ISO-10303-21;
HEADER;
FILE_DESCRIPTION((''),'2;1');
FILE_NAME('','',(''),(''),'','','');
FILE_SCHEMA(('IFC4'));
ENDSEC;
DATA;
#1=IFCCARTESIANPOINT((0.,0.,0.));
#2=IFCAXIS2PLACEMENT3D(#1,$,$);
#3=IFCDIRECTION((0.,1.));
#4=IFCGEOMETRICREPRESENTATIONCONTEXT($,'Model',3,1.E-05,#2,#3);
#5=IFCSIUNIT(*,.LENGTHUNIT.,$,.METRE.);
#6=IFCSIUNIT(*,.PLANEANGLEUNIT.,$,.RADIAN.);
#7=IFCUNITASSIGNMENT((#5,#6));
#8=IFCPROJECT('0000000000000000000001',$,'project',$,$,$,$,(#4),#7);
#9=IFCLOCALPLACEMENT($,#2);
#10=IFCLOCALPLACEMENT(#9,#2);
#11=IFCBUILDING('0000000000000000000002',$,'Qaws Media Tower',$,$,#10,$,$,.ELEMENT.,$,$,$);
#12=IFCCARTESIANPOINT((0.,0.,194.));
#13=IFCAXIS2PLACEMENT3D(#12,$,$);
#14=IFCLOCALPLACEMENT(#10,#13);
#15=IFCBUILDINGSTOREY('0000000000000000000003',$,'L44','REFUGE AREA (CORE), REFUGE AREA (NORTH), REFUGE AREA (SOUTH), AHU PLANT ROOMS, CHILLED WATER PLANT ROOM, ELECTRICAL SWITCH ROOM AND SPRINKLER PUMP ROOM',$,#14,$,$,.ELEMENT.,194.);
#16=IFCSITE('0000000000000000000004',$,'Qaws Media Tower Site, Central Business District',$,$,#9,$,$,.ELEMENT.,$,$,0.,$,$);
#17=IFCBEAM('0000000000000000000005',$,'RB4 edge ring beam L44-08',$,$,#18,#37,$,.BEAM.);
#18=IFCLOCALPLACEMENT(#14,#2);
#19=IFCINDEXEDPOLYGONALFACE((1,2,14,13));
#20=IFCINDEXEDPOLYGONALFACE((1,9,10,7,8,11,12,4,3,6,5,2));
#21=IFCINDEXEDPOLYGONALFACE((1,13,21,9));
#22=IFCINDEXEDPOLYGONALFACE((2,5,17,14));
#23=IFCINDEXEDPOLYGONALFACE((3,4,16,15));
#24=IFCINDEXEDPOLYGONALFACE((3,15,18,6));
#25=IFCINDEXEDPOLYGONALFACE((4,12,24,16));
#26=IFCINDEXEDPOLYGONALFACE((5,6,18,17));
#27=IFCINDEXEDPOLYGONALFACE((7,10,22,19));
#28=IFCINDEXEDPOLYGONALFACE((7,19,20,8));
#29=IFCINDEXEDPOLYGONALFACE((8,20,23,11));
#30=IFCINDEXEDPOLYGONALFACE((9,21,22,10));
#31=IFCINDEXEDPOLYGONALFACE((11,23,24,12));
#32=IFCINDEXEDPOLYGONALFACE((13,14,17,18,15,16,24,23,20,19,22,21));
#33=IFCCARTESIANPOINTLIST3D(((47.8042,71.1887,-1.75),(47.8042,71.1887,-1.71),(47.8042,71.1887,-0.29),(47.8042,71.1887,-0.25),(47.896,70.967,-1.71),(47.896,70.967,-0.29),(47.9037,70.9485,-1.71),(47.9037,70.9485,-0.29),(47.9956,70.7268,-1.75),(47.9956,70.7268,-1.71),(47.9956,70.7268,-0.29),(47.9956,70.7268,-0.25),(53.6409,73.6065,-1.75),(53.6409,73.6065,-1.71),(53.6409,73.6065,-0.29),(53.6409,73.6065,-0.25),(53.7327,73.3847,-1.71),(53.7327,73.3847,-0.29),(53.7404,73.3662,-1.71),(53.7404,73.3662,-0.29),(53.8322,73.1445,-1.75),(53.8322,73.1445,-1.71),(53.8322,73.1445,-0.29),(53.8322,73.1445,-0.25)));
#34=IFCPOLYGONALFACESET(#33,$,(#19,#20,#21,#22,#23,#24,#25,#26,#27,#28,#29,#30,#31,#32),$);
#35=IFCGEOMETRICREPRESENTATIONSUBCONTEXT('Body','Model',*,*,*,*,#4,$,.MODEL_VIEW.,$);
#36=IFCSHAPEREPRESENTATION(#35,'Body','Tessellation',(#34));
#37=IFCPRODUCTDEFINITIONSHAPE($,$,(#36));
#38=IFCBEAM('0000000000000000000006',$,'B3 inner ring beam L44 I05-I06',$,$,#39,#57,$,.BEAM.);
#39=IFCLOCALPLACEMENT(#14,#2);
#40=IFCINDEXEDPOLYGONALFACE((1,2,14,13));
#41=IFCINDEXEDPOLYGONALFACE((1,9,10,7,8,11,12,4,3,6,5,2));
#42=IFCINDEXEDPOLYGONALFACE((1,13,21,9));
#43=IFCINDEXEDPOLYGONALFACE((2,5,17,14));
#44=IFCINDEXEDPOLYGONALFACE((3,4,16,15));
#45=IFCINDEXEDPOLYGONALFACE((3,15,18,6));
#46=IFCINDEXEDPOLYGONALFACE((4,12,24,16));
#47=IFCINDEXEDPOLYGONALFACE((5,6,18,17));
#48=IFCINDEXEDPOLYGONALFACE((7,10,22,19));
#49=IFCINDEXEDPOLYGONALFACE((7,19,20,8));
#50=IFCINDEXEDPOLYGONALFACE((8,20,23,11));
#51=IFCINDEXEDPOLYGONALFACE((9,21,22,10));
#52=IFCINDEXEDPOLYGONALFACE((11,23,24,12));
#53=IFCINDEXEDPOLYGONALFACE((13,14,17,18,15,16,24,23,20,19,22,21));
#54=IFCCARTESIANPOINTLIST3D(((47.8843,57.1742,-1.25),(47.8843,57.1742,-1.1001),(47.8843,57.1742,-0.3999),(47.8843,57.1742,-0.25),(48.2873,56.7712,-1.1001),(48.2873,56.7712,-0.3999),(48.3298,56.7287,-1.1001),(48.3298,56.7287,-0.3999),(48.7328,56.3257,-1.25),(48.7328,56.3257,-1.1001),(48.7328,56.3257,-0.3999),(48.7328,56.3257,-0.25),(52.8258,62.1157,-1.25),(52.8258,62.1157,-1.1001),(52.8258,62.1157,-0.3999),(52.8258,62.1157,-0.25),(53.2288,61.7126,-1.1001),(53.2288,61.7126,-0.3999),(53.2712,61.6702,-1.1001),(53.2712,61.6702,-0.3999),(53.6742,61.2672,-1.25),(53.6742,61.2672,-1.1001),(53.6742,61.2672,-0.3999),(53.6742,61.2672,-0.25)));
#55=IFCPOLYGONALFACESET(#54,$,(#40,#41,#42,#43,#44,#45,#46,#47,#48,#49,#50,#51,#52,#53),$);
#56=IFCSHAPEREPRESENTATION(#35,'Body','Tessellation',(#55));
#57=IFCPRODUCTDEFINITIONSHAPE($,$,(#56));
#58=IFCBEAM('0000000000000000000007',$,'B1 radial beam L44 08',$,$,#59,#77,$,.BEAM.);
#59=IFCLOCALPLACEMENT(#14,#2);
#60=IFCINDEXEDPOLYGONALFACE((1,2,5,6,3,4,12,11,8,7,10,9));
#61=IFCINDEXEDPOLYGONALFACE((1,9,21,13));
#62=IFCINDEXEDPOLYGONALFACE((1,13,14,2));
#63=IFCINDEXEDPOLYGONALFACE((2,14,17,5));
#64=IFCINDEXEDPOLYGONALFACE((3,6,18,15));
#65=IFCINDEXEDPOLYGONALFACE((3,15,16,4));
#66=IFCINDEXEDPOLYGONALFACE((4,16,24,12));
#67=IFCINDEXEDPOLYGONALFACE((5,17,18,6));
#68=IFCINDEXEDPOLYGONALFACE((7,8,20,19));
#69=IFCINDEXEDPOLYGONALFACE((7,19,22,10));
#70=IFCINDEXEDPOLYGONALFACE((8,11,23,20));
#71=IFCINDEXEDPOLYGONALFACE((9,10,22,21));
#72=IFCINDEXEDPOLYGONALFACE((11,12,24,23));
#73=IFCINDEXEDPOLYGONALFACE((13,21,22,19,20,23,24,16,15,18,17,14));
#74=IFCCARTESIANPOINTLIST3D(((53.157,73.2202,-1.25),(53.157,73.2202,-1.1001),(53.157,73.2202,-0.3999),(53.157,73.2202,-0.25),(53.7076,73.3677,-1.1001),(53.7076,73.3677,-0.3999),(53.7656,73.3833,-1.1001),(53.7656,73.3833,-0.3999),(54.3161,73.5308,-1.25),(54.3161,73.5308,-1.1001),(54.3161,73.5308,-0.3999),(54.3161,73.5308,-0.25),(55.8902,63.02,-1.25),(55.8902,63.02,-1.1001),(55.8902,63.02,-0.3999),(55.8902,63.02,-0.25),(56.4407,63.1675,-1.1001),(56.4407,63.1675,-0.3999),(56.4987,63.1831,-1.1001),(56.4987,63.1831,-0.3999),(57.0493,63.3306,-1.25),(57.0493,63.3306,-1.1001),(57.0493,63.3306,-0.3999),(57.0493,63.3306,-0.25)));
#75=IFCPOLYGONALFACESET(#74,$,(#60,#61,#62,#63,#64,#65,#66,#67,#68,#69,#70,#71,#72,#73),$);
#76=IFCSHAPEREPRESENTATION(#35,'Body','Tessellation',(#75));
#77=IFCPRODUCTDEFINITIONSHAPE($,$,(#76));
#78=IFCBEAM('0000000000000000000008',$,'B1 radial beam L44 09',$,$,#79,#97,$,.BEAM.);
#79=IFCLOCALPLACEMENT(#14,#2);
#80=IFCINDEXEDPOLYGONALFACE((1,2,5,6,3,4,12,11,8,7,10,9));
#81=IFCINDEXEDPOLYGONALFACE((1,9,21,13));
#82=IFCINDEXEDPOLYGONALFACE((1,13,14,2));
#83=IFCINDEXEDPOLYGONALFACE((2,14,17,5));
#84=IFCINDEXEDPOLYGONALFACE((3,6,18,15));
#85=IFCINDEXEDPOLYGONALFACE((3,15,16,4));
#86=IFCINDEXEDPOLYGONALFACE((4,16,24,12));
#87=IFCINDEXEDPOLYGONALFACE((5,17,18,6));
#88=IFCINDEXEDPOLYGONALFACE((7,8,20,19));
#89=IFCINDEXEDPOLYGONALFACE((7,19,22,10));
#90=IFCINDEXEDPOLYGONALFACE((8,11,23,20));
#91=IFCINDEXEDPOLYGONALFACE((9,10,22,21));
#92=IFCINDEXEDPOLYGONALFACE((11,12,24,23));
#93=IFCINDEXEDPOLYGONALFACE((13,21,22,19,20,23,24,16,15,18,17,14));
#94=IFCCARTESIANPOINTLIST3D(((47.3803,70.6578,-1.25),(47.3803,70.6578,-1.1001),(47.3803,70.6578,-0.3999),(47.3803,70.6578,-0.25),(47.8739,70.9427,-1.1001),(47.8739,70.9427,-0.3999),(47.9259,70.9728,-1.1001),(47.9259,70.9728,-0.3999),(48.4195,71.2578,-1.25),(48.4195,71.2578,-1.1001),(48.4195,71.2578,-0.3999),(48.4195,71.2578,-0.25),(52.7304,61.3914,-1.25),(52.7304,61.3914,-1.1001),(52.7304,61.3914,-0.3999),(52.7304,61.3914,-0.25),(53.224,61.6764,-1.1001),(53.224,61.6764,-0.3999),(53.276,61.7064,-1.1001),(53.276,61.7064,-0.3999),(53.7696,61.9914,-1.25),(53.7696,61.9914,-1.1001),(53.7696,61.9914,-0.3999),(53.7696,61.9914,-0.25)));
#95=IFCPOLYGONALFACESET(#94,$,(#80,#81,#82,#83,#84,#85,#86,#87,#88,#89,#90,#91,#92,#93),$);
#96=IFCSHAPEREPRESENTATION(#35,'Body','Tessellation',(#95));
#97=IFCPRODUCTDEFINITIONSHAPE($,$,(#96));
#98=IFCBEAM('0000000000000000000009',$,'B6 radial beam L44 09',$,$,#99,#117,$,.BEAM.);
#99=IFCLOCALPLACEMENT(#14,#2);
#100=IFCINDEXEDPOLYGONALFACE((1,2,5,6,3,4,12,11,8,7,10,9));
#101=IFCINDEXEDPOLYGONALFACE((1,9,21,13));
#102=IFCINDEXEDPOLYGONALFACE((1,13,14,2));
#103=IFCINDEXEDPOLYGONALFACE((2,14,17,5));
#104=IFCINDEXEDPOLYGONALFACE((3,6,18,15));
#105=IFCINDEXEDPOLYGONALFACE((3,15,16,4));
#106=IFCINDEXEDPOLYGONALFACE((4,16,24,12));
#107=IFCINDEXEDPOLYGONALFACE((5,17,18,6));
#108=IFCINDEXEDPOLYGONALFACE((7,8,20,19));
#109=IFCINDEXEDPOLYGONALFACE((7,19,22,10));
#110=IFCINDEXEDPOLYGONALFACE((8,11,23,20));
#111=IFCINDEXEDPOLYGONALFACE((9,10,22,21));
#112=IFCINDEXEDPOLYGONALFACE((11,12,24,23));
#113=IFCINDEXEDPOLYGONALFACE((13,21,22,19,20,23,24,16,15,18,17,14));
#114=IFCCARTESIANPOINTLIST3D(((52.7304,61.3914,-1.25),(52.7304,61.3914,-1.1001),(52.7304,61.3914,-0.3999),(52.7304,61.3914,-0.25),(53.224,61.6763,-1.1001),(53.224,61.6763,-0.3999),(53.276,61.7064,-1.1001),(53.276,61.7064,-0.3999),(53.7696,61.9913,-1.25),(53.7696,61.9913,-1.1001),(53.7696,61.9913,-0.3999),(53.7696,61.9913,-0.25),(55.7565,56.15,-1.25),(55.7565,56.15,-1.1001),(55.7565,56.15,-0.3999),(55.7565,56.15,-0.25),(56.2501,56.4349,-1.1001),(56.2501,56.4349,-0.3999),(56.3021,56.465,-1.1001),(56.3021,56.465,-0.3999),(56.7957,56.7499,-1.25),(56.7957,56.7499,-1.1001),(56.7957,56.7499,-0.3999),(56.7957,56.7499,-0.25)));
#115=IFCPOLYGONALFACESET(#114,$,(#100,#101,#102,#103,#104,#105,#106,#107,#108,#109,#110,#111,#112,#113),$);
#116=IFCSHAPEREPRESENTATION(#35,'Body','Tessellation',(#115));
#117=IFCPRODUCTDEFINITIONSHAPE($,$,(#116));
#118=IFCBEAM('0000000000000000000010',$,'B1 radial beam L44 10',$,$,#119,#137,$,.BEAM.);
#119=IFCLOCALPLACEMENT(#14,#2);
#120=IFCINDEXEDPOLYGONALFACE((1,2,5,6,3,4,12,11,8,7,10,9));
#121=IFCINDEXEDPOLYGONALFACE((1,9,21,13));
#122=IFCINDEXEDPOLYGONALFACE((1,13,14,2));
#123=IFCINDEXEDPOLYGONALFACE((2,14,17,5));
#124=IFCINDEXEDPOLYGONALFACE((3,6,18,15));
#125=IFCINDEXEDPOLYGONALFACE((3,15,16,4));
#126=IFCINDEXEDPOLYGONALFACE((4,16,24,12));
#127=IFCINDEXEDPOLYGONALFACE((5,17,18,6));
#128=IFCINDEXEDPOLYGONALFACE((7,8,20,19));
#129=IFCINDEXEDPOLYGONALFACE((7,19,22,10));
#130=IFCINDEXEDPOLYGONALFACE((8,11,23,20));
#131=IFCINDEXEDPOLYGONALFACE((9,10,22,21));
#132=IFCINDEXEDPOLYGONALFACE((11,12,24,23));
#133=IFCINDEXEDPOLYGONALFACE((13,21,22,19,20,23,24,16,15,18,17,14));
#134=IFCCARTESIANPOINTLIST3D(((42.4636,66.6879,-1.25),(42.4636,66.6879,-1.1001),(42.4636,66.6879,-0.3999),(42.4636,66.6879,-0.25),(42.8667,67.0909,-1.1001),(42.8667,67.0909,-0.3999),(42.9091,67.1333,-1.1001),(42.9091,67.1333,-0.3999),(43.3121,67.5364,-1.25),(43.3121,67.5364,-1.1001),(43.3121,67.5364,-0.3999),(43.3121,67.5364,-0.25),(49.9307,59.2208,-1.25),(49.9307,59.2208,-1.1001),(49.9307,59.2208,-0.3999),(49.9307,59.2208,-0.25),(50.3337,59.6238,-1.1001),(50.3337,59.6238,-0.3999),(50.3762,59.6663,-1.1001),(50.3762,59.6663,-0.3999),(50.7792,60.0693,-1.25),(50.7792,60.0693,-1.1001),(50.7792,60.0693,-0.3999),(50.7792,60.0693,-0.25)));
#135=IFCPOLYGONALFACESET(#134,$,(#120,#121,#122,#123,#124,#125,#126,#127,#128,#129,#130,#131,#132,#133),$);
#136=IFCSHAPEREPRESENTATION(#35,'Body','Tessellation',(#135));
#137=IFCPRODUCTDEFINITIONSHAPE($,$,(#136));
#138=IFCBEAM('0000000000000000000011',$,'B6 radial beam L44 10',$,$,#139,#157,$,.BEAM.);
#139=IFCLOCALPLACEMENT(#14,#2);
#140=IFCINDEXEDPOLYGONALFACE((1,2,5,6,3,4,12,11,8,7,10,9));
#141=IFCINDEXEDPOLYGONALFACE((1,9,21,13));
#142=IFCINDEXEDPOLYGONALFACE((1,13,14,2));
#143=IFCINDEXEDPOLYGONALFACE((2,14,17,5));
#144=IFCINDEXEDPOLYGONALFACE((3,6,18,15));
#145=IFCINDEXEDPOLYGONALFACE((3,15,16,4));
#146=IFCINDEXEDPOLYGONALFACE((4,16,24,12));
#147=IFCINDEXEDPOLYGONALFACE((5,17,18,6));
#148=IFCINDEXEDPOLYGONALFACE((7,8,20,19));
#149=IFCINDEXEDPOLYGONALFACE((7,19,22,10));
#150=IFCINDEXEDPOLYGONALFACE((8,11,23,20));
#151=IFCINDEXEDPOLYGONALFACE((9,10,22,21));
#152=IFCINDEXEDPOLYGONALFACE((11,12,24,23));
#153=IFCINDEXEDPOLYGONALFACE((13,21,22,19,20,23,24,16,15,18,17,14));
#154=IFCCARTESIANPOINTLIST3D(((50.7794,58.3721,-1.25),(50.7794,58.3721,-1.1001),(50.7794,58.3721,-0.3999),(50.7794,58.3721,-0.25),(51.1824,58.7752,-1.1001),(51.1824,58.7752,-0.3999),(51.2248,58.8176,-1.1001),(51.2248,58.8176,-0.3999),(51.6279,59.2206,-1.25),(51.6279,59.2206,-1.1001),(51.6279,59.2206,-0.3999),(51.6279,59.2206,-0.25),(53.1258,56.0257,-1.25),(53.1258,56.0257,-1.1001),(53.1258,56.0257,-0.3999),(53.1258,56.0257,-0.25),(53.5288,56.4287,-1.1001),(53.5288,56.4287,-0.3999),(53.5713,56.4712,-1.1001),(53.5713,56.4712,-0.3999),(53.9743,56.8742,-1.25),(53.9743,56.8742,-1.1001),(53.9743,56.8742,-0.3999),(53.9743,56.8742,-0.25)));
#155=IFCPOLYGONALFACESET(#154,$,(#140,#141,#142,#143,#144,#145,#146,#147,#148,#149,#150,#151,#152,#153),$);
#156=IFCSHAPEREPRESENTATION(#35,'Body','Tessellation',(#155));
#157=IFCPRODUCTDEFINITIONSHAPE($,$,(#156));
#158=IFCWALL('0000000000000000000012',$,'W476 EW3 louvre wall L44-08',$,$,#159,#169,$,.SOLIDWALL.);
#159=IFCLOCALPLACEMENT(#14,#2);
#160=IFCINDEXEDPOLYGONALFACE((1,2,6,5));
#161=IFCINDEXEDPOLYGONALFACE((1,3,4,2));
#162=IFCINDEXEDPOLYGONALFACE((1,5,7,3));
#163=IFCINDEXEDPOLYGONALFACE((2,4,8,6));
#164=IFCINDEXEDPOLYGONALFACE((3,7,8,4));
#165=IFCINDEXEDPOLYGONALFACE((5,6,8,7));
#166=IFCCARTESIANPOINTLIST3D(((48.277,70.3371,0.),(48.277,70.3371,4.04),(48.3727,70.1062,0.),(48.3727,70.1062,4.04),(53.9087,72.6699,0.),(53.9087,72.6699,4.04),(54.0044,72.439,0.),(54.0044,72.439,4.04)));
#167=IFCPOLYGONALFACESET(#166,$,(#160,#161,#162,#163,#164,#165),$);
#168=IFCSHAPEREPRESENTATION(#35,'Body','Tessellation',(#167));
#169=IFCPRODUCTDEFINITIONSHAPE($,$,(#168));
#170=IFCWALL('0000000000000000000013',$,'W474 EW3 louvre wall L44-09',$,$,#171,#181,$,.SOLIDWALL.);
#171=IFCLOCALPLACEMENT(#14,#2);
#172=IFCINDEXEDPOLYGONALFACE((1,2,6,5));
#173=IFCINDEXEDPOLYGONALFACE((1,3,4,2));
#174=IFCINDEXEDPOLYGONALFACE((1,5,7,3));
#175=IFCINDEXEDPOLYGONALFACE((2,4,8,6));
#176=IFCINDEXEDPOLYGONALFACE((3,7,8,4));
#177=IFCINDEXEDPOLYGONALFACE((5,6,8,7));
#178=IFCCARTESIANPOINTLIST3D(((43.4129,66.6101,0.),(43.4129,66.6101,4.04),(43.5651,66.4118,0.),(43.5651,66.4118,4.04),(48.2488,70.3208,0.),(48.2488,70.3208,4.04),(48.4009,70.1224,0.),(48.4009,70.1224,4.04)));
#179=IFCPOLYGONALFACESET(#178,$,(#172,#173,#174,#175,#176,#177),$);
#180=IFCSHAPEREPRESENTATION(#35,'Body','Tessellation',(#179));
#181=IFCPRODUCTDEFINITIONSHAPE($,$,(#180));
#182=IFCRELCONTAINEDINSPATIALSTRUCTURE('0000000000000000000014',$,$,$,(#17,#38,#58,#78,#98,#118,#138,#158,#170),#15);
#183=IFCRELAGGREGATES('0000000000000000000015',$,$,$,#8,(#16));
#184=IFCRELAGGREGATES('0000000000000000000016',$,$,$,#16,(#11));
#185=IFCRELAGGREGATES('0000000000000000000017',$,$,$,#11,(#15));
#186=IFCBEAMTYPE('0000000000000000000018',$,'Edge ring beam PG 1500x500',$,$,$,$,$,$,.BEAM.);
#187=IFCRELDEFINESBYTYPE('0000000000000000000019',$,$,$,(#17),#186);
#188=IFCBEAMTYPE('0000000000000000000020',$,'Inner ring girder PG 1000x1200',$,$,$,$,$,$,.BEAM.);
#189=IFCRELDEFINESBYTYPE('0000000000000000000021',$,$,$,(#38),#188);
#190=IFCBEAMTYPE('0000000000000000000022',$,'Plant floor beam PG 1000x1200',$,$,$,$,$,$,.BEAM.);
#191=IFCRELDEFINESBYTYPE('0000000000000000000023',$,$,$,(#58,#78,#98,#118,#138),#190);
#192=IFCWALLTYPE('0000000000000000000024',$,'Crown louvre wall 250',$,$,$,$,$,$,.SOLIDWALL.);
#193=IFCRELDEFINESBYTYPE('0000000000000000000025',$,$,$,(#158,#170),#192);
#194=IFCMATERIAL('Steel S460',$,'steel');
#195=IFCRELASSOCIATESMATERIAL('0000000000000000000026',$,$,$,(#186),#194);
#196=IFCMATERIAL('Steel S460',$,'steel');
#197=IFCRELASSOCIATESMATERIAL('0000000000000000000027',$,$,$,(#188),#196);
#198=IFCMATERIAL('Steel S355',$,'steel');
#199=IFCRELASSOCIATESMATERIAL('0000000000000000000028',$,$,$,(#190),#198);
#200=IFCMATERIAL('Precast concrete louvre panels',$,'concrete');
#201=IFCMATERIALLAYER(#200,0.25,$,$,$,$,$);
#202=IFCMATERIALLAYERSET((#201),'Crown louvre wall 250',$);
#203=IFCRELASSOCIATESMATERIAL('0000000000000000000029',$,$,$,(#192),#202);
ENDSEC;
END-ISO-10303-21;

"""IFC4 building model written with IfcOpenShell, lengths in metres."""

from ifc_helpers import new_model, si_unit, direction, frame, frame_2d, origin, origin_2d, place, context, subcontext, project, spatial, rectangle, i_section, extrude, material, layer, layer_set, material_profile, profile_set, type_object, element, save


model = new_model("IFC4")

# Units and contexts
model_context = context("Model", 3, precision=1e-05, world=origin(), true_north=direction((0.0, 1.0)))
body_context = subcontext(model_context, "Body", "Model", "MODEL_VIEW")
ifc_project = project(units=[si_unit("LENGTHUNIT", "METRE"), si_unit("PLANEANGLEUNIT", "RADIAN")], contexts=[model_context])

# Site, building, storey
site_placement = place(None, origin())
site = spatial("IfcSite", under=ifc_project, at=site_placement, Name="Qaws Media Tower Site, Central Business District", CompositionType="ELEMENT", RefElevation=0.0)
building_placement = place(site_placement, origin())
building = spatial("IfcBuilding", under=site, at=building_placement, Name="Qaws Media Tower", CompositionType="ELEMENT")
storey_placement = place(building_placement, frame((0.0, 0.0, 194.0)))
storey = spatial("IfcBuildingStorey", under=building, at=storey_placement, Name="L44", Description="REFUGE AREA (CORE), REFUGE AREA (NORTH), REFUGE AREA (SOUTH), AHU PLANT ROOMS, CHILLED WATER PLANT ROOM, ELECTRICAL SWITCH ROOM AND SPRINKLER PUMP ROOM", CompositionType="ELEMENT", Elevation=194.0)

# Beams
ifc_material_1 = material(Name="Steel S460", Category="steel")
ifc_material_profile_1 = material_profile(ifc_material_1, i_section(OverallWidth=0.5, OverallDepth=1.5, WebThickness=0.02, FlangeThickness=0.04, at=origin_2d()), Name="PG 1500x500")
ifc_profile_set_1 = profile_set([ifc_material_profile_1], Name="Steel S460")
beam_type_1 = type_object("IfcBeamType", Name="Edge ring beam PG 1500x500", PredefinedType="BEAM", material=ifc_profile_set_1)
beam_1_placement = place(storey_placement, frame((53.7366, 73.3755, -1.0), z_axis=(-0.923874, -0.382697, 0.0), x_axis=(0.382697, -0.923874, 0.0)))
element("IfcBeam", 1, at=beam_1_placement, inside=storey, type_object=beam_type_1, Name="RB4 edge ring beam L44-08", PredefinedType="BEAM", context=body_context, shape_type="SweptSolid", body=[
    extrude(i_section(OverallWidth=0.5, OverallDepth=1.5, WebThickness=0.02, FlangeThickness=0.04, at=origin_2d()), origin(), (0.0, 0.0, 1.0), 6.3176),
])
ifc_material_2 = material(Name="Steel S460", Category="steel")
ifc_material_profile_2 = material_profile(ifc_material_2, i_section(OverallWidth=1.2, OverallDepth=1.0, WebThickness=0.0601, FlangeThickness=0.1499, at=origin_2d()), Name="PG 1000x1200")
ifc_profile_set_2 = profile_set([ifc_material_profile_2], Name="Steel S460")
beam_type_2 = type_object("IfcBeamType", Name="Inner ring girder PG 1000x1200", PredefinedType="BEAM", material=ifc_profile_set_2)
beam_2_placement = place(storey_placement, frame((53.25, 61.6914, -0.75), z_axis=(-0.707107, -0.707107, 0.0), x_axis=(0.707107, -0.707107, 0.0)))
element("IfcBeam", 2, at=beam_2_placement, inside=storey, type_object=beam_type_2, Name="B3 inner ring beam L44 I05-I06", PredefinedType="BEAM", context=body_context, shape_type="SweptSolid", body=[
    extrude(i_section(OverallWidth=1.2, OverallDepth=1.0, WebThickness=0.0601, FlangeThickness=0.1499, at=origin_2d()), origin(), (0.0, 0.0, 1.0), 6.9883),
])
ifc_material_3 = material(Name="Steel S355", Category="steel")
ifc_material_profile_3 = material_profile(ifc_material_3, i_section(OverallWidth=1.2, OverallDepth=1.0, WebThickness=0.0601, FlangeThickness=0.1499, at=origin_2d()), Name="PG 1000x1200")
ifc_profile_set_3 = profile_set([ifc_material_profile_3], Name="Steel S355")
beam_type_3 = type_object("IfcBeamType", Name="Plant floor beam PG 1000x1200", PredefinedType="BEAM", material=ifc_profile_set_3)
beam_3_placement = place(storey_placement, frame((56.4697, 63.1753, -0.75), z_axis=(-0.258821, 0.965925, 0.0), x_axis=(-0.965925, -0.258821, 0.0)))
element("IfcBeam", 3, at=beam_3_placement, inside=storey, type_object=beam_type_3, Name="B1 radial beam L44 08", PredefinedType="BEAM", context=body_context, shape_type="SweptSolid", body=[
    extrude(i_section(OverallWidth=1.2, OverallDepth=1.0, WebThickness=0.0601, FlangeThickness=0.1499, at=origin_2d()), origin(), (0.0, 0.0, 1.0), 10.5601),
])
beam_4_placement = place(storey_placement, frame((53.25, 61.6914, -0.75), z_axis=(-0.500011, 0.866019, 0.0), x_axis=(-0.866019, -0.500011, 0.0)))
element("IfcBeam", 4, at=beam_4_placement, inside=storey, type_object=beam_type_3, Name="B1 radial beam L44 09", PredefinedType="BEAM", context=body_context, shape_type="SweptSolid", body=[
    extrude(i_section(OverallWidth=1.2, OverallDepth=1.0, WebThickness=0.0601, FlangeThickness=0.1499, at=origin_2d()), origin(), (0.0, 0.0, 1.0), 10.7),
])
beam_5_placement = place(storey_placement, frame((56.2761, 56.45, -0.75), z_axis=(-0.499996, 0.866028, 0.0), x_axis=(-0.866028, -0.499996, 0.0)))
element("IfcBeam", 5, at=beam_5_placement, inside=storey, type_object=beam_type_3, Name="B6 radial beam L44 09", PredefinedType="BEAM", context=body_context, shape_type="SweptSolid", body=[
    extrude(i_section(OverallWidth=1.2, OverallDepth=1.0, WebThickness=0.0601, FlangeThickness=0.1499, at=origin_2d()), origin(), (0.0, 0.0, 1.0), 6.0522),
])
beam_6_placement = place(storey_placement, frame((50.355, 59.645, -0.75), z_axis=(-0.707107, 0.707107, 0.0), x_axis=(-0.707107, -0.707107, 0.0)))
element("IfcBeam", 6, at=beam_6_placement, inside=storey, type_object=beam_type_3, Name="B1 radial beam L44 10", PredefinedType="BEAM", context=body_context, shape_type="SweptSolid", body=[
    extrude(i_section(OverallWidth=1.2, OverallDepth=1.0, WebThickness=0.0601, FlangeThickness=0.1499, at=origin_2d()), origin(), (0.0, 0.0, 1.0), 10.5601),
])
beam_7_placement = place(storey_placement, frame((53.55, 56.45, -0.75), z_axis=(-0.707107, 0.707107, 0.0), x_axis=(-0.707107, -0.707107, 0.0)))
element("IfcBeam", 7, at=beam_7_placement, inside=storey, type_object=beam_type_3, Name="B6 radial beam L44 10", PredefinedType="BEAM", context=body_context, shape_type="SweptSolid", body=[
    extrude(i_section(OverallWidth=1.2, OverallDepth=1.0, WebThickness=0.0601, FlangeThickness=0.1499, at=origin_2d()), origin(), (0.0, 0.0, 1.0), 3.3184),
])

# Walls
ifc_material_4 = material(Name="Precast concrete louvre panels", Category="concrete")
ifc_layer_1 = layer(ifc_material_4, 0.25)
ifc_layer_set_1 = layer_set([ifc_layer_1], Name="Crown louvre wall 250")
wall_type_1 = type_object("IfcWallType", Name="Crown louvre wall 250", PredefinedType="SOLIDWALL", material=ifc_layer_set_1)
wall_1_placement = place(storey_placement, frame((53.9565, 72.5544, 0.0), z_axis=(0.0, 0.0, 1.0), x_axis=(-0.923875, -0.382695, 0.0)))
element("IfcWall", 8, at=wall_1_placement, inside=storey, type_object=wall_type_1, Name="W476 EW3 louvre wall L44-08", PredefinedType="SOLIDWALL", context=body_context, shape_type="SweptSolid", body=[
    extrude(rectangle(XDim=6.0957, YDim=0.25, at=frame_2d((3.0479, 0.0))), origin(), (0.0, 0.0, 1.0), 4.04),
])
wall_2_placement = place(storey_placement, frame((48.325, 70.2217, 0.0), z_axis=(0.0, 0.0, 1.0), x_axis=(-0.793357, -0.608756, 0.0)))
element("IfcWall", 9, at=wall_2_placement, inside=storey, type_object=wall_type_1, Name="W474 EW3 louvre wall L44-09", PredefinedType="SOLIDWALL", context=body_context, shape_type="SweptSolid", body=[
    extrude(rectangle(XDim=6.0955, YDim=0.25, at=frame_2d((3.0479, 0.0))), origin(), (0.0, 0.0, 1.0), 4.04),
])

save(model, "model.ifc")
